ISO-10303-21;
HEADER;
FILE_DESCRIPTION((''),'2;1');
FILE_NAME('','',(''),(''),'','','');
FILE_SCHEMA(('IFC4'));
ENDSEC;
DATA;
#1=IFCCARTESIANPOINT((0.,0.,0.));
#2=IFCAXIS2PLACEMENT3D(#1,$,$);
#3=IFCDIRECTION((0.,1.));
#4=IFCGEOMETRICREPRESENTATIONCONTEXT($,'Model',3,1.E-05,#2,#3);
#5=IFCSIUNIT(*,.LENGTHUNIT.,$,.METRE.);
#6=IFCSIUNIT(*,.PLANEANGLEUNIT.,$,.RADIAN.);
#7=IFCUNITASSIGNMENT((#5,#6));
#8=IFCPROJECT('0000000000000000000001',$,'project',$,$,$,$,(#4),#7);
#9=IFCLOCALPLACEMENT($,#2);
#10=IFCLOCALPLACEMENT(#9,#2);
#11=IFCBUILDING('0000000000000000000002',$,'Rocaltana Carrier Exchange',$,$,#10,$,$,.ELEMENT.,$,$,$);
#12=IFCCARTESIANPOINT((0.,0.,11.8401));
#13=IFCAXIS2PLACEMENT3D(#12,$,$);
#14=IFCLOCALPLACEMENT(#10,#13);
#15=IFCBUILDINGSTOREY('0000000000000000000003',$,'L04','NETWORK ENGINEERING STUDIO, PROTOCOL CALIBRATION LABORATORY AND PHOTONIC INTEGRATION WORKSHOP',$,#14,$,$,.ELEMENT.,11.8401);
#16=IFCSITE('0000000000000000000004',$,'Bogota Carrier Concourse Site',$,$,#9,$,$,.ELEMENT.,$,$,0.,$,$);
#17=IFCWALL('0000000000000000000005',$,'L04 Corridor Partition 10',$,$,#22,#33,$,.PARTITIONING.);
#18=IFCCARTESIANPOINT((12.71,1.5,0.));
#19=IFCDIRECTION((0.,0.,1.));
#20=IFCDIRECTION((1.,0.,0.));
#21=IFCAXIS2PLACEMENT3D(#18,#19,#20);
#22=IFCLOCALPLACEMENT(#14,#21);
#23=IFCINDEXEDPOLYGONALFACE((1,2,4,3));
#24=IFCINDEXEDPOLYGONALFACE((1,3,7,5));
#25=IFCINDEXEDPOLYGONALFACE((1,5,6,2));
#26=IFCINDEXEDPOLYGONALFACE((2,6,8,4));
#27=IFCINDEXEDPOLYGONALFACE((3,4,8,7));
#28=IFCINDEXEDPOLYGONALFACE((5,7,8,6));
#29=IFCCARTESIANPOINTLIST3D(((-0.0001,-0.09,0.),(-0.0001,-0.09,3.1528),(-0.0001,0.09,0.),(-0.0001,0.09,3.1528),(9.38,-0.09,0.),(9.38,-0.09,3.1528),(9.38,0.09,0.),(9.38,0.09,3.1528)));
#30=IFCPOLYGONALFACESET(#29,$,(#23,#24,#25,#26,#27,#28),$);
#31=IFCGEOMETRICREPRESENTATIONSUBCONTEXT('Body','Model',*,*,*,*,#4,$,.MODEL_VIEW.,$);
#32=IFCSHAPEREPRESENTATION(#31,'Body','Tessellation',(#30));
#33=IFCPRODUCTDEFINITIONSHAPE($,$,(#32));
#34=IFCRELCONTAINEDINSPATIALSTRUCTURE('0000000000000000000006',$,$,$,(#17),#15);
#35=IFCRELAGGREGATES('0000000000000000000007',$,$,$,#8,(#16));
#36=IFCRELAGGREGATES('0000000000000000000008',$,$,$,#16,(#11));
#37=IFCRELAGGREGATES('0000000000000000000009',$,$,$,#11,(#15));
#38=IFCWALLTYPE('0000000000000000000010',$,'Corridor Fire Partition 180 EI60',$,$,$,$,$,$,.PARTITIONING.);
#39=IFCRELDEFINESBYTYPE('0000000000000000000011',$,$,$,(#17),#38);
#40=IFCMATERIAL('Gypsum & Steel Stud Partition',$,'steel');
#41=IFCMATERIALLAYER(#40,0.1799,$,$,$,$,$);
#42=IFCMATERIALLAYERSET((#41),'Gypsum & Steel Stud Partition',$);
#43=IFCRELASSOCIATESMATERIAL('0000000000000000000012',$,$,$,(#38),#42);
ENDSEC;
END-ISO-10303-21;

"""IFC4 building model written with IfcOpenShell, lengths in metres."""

from ifc_helpers import new_model, si_unit, direction, frame, frame_2d, origin, place, context, subcontext, project, spatial, rectangle, extrude, material, layer, layer_set, type_object, element, save


model = new_model("IFC4")

# Units and contexts
model_context = context("Model", 3, precision=1e-05, world=origin(), true_north=direction((0.0, 1.0)))
body_context = subcontext(model_context, "Body", "Model", "MODEL_VIEW")
ifc_project = project(units=[si_unit("LENGTHUNIT", "METRE"), si_unit("PLANEANGLEUNIT", "RADIAN")], contexts=[model_context])

# Site, building, storey
site_placement = place(None, origin())
site = spatial("IfcSite", under=ifc_project, at=site_placement, Name="Bogota Carrier Concourse Site", CompositionType="ELEMENT", RefElevation=0.0)
building_placement = place(site_placement, origin())
building = spatial("IfcBuilding", under=site, at=building_placement, Name="Rocaltana Carrier Exchange", CompositionType="ELEMENT")
storey_placement = place(building_placement, frame((0.0, 0.0, 11.8401)))
storey = spatial("IfcBuildingStorey", under=building, at=storey_placement, Name="L04", Description="NETWORK ENGINEERING STUDIO, PROTOCOL CALIBRATION LABORATORY AND PHOTONIC INTEGRATION WORKSHOP", CompositionType="ELEMENT", Elevation=11.8401)

# Wall
ifc_material_1 = material(Name="Gypsum & Steel Stud Partition", Category="steel")
ifc_layer_1 = layer(ifc_material_1, 0.1799)
ifc_layer_set_1 = layer_set([ifc_layer_1], Name="Gypsum & Steel Stud Partition")
wall_type_1 = type_object("IfcWallType", Name="Corridor Fire Partition 180 EI60", PredefinedType="PARTITIONING", material=ifc_layer_set_1)
wall_1_placement = place(storey_placement, frame((12.71, 1.5, 0.0), z_axis=(0.0, 0.0, 1.0), x_axis=(1.0, 0.0, 0.0)))
element("IfcWall", 1, at=wall_1_placement, inside=storey, type_object=wall_type_1, Name="L04 Corridor Partition 10", PredefinedType="PARTITIONING", context=body_context, shape_type="SweptSolid", body=[
    extrude(rectangle(XDim=9.3801, YDim=0.1799, at=frame_2d((4.6899, 0.0))), origin(), (0.0, 0.0, 1.0), 3.1528),
])

save(model, "model.ifc")
